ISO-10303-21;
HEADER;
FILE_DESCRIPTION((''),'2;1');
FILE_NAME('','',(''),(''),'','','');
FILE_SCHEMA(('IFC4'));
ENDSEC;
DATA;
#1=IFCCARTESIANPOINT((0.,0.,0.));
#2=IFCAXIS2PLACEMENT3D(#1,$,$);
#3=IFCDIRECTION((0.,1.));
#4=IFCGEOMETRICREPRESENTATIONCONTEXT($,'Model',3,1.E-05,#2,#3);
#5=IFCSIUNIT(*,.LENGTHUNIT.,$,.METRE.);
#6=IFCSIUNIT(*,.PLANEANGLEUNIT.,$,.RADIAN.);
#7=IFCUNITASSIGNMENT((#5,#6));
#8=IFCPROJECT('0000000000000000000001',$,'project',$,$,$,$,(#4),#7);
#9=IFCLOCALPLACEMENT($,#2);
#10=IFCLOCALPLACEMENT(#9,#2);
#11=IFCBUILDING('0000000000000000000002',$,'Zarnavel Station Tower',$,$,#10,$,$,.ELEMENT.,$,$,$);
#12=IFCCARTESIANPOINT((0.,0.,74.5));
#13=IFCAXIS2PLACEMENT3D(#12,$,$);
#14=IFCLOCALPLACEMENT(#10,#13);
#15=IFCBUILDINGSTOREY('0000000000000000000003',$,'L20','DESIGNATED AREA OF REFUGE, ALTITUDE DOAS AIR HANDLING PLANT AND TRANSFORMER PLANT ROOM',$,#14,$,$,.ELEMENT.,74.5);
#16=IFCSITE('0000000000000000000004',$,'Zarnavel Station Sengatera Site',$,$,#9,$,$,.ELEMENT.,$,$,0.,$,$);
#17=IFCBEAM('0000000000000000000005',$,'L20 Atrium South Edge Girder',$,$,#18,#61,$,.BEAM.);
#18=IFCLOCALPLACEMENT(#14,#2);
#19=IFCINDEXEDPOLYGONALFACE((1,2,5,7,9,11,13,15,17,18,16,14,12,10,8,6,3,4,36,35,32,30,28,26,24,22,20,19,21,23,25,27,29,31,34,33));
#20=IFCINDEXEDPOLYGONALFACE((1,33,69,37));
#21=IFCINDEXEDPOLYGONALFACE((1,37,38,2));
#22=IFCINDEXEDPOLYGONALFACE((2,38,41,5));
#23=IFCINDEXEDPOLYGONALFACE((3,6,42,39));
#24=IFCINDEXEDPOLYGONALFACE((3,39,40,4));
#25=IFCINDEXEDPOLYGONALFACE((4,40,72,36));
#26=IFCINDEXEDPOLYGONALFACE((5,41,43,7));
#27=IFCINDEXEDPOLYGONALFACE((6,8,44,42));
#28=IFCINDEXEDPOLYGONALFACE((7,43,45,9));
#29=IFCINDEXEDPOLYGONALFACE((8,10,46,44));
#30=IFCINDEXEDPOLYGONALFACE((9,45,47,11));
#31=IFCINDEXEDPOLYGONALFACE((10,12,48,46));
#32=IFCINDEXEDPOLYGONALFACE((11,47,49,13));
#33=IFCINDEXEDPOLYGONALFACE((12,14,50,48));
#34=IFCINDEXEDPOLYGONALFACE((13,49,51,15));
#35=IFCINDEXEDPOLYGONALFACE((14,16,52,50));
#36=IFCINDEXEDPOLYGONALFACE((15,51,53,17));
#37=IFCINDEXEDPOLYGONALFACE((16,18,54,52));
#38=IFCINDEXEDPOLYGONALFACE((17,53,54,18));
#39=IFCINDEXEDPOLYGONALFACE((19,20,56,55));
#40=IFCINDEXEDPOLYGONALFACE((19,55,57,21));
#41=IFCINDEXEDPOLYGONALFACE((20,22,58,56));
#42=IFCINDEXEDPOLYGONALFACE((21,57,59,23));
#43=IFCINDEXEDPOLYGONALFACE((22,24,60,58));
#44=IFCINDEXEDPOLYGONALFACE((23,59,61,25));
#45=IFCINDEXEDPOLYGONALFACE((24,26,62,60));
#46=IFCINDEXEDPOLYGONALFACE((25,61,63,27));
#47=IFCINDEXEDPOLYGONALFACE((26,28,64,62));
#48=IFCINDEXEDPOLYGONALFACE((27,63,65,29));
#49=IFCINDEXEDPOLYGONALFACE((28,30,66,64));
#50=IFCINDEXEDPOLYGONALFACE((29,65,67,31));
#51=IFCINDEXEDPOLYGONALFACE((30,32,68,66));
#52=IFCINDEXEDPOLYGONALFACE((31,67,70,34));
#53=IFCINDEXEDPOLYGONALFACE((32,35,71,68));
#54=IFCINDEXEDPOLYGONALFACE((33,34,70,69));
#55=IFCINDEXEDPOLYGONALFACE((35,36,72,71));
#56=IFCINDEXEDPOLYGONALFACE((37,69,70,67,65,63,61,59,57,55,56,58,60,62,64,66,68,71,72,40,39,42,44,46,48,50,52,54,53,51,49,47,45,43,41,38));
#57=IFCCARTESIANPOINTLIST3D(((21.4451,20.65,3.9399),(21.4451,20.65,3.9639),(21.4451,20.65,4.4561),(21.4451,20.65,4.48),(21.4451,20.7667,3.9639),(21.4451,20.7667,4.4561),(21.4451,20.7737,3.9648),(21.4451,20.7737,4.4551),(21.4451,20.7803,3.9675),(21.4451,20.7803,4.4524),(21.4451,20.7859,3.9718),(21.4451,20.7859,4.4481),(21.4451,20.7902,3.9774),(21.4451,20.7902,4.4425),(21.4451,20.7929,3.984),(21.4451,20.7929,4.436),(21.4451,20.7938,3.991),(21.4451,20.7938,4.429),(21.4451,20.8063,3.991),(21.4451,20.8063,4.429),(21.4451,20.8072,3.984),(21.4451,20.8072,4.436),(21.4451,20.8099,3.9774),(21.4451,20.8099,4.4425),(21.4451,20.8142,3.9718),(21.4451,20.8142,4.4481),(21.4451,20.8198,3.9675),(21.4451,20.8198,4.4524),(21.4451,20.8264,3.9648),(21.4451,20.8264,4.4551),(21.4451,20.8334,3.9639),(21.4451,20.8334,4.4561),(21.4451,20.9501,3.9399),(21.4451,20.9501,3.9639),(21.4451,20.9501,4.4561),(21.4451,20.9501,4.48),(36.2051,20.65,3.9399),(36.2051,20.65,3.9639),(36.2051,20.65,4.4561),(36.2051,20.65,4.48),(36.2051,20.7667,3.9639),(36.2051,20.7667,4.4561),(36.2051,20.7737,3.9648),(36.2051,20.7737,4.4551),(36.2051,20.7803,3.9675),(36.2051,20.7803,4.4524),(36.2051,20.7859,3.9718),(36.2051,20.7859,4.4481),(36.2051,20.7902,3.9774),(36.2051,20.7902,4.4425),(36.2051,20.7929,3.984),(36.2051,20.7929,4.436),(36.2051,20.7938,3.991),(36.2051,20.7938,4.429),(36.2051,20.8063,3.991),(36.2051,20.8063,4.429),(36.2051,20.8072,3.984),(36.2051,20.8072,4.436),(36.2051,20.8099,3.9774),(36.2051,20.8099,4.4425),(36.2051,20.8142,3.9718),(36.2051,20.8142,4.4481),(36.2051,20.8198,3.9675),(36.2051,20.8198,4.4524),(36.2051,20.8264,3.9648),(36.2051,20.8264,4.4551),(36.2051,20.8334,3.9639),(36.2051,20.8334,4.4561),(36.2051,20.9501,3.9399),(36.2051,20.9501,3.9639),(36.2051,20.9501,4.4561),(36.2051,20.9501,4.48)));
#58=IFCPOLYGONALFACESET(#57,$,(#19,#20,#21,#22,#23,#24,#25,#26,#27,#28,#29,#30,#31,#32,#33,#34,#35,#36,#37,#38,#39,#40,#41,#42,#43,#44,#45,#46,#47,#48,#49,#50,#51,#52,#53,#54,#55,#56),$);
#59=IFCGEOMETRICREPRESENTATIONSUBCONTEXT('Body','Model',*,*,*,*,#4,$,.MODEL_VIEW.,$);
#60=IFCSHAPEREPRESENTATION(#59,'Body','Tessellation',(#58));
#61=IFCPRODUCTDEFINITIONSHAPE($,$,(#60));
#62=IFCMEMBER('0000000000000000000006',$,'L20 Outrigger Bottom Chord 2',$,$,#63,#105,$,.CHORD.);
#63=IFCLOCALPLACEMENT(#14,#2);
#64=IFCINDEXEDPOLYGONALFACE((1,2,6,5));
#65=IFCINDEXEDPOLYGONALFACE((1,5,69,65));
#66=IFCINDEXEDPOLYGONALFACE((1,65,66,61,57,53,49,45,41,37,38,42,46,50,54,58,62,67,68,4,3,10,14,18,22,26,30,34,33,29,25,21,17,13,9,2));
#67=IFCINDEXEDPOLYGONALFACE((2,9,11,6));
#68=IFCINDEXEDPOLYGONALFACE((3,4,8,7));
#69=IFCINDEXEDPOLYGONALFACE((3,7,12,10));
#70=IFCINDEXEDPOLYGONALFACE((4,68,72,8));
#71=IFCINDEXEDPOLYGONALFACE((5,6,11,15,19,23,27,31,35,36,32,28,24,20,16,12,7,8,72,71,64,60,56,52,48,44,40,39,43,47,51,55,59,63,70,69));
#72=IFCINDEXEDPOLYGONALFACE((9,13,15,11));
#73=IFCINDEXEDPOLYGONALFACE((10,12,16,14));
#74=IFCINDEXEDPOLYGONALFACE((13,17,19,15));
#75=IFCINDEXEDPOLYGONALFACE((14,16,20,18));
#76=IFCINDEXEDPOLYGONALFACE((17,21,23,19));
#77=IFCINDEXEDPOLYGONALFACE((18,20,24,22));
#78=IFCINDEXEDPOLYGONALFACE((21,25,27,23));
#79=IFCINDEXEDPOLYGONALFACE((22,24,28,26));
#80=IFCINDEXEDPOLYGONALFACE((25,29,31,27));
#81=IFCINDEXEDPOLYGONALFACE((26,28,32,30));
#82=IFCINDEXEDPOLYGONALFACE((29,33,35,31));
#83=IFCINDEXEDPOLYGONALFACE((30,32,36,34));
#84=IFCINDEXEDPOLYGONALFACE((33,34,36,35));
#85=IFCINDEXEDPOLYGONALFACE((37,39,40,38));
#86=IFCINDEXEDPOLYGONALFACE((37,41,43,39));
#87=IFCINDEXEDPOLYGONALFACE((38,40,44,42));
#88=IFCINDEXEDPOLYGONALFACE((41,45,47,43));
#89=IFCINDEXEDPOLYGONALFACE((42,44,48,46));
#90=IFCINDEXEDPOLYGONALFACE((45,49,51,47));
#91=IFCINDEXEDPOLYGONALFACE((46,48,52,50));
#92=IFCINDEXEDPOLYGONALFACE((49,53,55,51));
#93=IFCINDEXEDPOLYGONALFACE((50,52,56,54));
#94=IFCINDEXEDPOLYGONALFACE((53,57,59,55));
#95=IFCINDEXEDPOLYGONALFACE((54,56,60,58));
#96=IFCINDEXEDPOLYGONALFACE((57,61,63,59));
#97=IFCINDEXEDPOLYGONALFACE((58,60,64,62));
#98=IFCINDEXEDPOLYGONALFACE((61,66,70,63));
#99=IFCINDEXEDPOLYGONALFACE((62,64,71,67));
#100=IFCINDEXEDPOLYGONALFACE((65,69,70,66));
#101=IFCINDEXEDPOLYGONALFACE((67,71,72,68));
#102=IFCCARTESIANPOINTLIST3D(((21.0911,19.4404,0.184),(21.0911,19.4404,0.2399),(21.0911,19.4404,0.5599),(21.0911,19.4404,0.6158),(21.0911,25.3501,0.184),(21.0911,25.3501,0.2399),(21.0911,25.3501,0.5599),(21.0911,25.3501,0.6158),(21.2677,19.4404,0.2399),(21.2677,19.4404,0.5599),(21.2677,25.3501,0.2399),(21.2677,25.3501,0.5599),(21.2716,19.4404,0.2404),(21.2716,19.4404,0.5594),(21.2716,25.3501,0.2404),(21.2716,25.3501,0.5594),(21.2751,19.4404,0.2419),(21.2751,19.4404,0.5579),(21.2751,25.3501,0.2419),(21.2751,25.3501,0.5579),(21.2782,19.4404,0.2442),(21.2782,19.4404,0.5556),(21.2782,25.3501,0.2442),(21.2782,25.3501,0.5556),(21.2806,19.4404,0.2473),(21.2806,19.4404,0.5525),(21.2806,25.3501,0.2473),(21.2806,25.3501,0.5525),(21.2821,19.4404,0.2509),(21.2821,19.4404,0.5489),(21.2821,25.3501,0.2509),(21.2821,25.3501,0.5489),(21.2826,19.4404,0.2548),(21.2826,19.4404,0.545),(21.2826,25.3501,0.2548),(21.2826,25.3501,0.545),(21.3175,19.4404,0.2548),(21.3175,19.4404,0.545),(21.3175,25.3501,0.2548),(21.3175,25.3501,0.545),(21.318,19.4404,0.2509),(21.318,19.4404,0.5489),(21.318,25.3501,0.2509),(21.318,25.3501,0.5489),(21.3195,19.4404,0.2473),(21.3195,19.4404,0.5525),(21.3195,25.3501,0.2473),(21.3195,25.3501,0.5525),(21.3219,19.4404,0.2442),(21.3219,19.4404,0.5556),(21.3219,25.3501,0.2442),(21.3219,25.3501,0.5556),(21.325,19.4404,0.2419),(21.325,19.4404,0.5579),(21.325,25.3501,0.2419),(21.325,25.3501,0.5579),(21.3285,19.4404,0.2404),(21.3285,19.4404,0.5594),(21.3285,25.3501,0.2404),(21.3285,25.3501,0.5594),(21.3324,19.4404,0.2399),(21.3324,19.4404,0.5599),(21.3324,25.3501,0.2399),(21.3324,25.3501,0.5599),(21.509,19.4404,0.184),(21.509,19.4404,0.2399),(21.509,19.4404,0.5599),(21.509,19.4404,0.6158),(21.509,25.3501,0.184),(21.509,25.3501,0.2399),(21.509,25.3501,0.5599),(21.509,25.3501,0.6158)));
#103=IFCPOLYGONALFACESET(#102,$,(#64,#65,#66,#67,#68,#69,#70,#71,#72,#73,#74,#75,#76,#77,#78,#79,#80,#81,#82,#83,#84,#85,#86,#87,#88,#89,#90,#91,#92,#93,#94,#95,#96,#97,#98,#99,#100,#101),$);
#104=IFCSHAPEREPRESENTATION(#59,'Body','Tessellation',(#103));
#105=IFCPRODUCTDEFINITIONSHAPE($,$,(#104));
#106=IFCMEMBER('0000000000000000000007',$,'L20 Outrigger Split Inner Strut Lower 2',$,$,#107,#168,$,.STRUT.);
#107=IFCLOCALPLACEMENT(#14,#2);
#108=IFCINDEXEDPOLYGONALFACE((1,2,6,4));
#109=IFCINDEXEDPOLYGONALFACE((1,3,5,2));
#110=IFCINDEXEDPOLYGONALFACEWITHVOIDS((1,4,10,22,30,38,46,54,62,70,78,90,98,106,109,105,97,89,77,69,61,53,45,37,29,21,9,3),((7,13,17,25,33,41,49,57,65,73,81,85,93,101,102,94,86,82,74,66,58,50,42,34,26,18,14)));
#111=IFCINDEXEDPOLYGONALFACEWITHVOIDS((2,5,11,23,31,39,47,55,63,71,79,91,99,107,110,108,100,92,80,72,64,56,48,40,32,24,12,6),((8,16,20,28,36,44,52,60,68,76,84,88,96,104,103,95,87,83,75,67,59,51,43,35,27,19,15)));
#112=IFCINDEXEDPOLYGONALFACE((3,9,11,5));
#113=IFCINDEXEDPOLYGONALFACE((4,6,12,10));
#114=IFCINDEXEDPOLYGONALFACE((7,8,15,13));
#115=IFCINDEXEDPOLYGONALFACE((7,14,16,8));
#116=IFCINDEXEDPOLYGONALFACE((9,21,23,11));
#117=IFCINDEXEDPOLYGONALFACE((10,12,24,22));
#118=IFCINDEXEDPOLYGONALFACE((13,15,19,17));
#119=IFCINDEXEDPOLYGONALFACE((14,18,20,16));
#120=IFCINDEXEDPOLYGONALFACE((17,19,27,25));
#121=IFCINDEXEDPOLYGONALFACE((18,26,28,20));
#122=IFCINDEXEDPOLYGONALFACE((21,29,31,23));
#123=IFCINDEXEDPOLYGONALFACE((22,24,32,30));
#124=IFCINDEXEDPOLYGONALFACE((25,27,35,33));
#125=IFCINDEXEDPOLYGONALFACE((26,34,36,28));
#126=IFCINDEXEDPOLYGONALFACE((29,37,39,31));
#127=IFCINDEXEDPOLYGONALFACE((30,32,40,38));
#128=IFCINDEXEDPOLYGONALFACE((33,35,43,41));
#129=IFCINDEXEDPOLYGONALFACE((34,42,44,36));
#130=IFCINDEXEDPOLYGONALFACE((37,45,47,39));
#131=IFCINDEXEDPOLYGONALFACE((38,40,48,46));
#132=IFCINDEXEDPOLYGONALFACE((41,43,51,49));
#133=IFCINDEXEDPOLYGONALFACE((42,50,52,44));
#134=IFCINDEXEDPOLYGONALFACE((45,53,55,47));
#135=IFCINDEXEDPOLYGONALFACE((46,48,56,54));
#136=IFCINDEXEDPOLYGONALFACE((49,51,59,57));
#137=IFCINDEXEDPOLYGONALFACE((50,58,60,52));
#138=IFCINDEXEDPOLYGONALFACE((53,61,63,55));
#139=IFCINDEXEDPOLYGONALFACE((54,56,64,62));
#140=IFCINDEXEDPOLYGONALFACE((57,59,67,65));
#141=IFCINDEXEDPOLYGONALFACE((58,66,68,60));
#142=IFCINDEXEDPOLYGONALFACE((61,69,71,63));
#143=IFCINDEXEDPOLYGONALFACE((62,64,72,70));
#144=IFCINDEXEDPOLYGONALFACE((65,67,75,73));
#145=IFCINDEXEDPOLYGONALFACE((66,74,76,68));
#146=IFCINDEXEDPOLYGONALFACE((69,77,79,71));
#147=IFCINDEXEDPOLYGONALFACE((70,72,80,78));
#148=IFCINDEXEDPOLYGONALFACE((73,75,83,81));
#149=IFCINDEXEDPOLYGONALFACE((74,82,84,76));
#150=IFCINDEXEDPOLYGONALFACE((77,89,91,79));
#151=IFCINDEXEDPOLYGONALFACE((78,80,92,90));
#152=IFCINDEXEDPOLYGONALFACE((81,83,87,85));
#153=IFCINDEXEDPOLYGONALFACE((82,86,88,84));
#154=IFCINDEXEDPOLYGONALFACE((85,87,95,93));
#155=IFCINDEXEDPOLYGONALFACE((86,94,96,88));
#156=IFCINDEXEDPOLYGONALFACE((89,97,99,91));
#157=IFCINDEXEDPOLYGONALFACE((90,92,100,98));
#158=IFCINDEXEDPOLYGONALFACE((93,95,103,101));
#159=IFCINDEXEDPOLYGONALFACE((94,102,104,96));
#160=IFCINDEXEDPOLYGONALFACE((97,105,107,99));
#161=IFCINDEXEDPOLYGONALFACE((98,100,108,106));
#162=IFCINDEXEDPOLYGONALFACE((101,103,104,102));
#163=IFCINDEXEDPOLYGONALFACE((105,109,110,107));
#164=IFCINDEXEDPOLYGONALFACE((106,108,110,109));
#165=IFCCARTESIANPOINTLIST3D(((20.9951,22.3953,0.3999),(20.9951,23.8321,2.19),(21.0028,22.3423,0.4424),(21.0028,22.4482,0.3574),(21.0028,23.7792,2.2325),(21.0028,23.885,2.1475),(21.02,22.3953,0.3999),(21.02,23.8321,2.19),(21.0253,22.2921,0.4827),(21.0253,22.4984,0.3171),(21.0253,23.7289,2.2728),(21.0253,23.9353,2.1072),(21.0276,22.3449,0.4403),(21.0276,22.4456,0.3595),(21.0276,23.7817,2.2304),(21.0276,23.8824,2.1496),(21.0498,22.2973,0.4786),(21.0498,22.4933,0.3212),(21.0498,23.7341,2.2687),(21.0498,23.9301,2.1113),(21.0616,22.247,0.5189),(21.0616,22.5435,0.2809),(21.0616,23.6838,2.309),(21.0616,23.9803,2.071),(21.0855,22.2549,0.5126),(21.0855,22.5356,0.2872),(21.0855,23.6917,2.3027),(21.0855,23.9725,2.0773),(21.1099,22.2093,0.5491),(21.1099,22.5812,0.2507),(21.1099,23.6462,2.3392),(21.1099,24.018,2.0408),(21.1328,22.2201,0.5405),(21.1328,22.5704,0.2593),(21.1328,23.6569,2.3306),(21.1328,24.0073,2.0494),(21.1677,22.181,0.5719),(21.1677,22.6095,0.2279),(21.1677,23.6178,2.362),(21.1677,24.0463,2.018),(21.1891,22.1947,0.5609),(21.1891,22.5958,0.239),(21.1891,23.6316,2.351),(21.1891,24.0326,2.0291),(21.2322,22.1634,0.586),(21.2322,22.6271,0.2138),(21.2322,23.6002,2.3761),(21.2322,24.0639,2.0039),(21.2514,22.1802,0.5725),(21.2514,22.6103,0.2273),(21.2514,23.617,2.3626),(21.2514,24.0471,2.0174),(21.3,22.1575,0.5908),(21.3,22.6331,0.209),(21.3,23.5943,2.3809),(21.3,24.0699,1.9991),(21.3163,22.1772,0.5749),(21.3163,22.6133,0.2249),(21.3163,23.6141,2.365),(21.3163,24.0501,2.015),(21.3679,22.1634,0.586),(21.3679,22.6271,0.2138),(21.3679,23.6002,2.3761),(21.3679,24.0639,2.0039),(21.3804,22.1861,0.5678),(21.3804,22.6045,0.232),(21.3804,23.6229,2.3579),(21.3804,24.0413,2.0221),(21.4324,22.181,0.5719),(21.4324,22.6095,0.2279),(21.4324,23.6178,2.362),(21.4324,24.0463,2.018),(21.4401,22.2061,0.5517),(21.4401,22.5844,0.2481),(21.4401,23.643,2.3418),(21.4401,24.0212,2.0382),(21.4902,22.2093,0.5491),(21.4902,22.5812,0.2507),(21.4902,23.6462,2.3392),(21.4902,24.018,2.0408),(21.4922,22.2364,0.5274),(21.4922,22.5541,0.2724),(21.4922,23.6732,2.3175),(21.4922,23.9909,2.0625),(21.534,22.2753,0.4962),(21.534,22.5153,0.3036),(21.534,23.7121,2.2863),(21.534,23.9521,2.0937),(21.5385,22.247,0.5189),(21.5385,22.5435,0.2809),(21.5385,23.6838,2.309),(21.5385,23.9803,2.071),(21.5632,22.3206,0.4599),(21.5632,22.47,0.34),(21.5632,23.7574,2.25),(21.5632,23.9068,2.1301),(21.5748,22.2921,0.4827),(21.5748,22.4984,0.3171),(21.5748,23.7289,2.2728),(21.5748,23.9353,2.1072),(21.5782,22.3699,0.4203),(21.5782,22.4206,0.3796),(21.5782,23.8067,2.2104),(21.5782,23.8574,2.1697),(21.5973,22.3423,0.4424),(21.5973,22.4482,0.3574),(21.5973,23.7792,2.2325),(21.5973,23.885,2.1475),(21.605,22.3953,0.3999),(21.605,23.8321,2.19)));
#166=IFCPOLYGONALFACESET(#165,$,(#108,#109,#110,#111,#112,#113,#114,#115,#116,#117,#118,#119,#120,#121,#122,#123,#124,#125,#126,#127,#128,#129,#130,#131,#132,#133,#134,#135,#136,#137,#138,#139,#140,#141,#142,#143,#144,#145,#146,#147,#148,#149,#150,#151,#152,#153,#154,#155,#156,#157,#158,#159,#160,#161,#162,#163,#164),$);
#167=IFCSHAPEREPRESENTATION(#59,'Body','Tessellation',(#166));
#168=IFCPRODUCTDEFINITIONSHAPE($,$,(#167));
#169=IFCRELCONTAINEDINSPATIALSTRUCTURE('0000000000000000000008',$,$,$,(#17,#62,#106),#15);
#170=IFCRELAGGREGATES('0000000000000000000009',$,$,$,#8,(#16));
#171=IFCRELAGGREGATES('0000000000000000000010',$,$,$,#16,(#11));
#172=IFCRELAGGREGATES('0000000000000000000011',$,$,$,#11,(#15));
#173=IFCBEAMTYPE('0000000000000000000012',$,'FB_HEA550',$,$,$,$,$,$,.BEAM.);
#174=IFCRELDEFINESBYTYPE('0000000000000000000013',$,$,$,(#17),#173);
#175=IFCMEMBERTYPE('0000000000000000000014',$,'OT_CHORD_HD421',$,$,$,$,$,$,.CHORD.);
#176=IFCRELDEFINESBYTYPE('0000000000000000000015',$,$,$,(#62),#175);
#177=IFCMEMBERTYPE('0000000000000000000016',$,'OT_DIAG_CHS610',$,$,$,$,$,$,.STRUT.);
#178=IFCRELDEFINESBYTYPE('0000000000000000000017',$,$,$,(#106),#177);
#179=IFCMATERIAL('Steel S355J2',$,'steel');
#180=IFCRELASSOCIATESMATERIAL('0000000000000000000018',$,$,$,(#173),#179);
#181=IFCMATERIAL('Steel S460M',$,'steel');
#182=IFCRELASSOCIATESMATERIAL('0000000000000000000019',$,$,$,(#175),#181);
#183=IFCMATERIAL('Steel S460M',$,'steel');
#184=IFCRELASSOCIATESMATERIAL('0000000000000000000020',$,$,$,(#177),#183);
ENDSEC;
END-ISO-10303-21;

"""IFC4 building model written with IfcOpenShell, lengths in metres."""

from ifc_helpers import new_model, si_unit, direction, frame, origin, origin_2d, place, context, subcontext, project, spatial, hollow_circle, i_section, extrude, material, material_profile, profile_set, type_object, element, save


model = new_model("IFC4")

# Units and contexts
model_context = context("Model", 3, precision=1e-05, world=origin(), true_north=direction((0.0, 1.0)))
body_context = subcontext(model_context, "Body", "Model", "MODEL_VIEW")
ifc_project = project(units=[si_unit("LENGTHUNIT", "METRE"), si_unit("PLANEANGLEUNIT", "RADIAN")], contexts=[model_context])

# Site, building, storey
site_placement = place(None, origin())
site = spatial("IfcSite", under=ifc_project, at=site_placement, Name="Zarnavel Station Sengatera Site", CompositionType="ELEMENT", RefElevation=0.0)
building_placement = place(site_placement, origin())
building = spatial("IfcBuilding", under=site, at=building_placement, Name="Zarnavel Station Tower", CompositionType="ELEMENT")
storey_placement = place(building_placement, frame((0.0, 0.0, 74.5)))
storey = spatial("IfcBuildingStorey", under=building, at=storey_placement, Name="L20", Description="DESIGNATED AREA OF REFUGE, ALTITUDE DOAS AIR HANDLING PLANT AND TRANSFORMER PLANT ROOM", CompositionType="ELEMENT", Elevation=74.5)

# Beam
ifc_material_1 = material(Name="Steel S355J2", Category="steel")
ifc_material_profile_1 = material_profile(ifc_material_1, i_section(OverallWidth=0.3, OverallDepth=0.54, WebThickness=0.0125, FlangeThickness=0.0239, FilletRadius=0.0271, at=origin_2d()), Name="HEA550")
ifc_profile_set_1 = profile_set([ifc_material_profile_1], Name="Steel S355J2")
beam_type = type_object("IfcBeamType", Name="FB_HEA550", PredefinedType="BEAM", material=ifc_profile_set_1)
beam_placement = place(storey_placement, frame((21.4451, 20.8, 4.21), z_axis=(1.0, 0.0, 0.0), x_axis=(0.0, 1.0, 0.0)))
element("IfcBeam", 1, at=beam_placement, inside=storey, type_object=beam_type, Name="L20 Atrium South Edge Girder", PredefinedType="BEAM", context=body_context, shape_type="SweptSolid", body=[
    extrude(i_section(OverallWidth=0.3, OverallDepth=0.54, WebThickness=0.0125, FlangeThickness=0.0239, FilletRadius=0.0271, at=origin_2d()), origin(), (0.0, 0.0, 1.0), 14.76),
])

# Members
ifc_material_2 = material(Name="Steel S460M", Category="steel")
ifc_material_profile_2 = material_profile(ifc_material_2, i_section(OverallWidth=0.418, OverallDepth=0.4319, WebThickness=0.0349, FlangeThickness=0.0559, FilletRadius=0.0149, at=origin_2d()), Name="HD400x421")
ifc_profile_set_2 = profile_set([ifc_material_profile_2], Name="Steel S460M")
member_type_1 = type_object("IfcMemberType", Name="OT_CHORD_HD421", PredefinedType="CHORD", material=ifc_profile_set_2)
member_1_placement = place(storey_placement, frame((21.3, 19.4404, 0.3999), z_axis=(0.0, 1.0, 0.0), x_axis=(-1.0, 0.0, 0.0)))
element("IfcMember", 2, at=member_1_placement, inside=storey, type_object=member_type_1, Name="L20 Outrigger Bottom Chord 2", PredefinedType="CHORD", context=body_context, shape_type="SweptSolid", body=[
    extrude(i_section(OverallWidth=0.418, OverallDepth=0.4319, WebThickness=0.0349, FlangeThickness=0.0559, FilletRadius=0.0149, at=origin_2d()), origin(), (0.0, 0.0, 1.0), 5.9097),
])
ifc_material_3 = material(Name="Steel S460M", Category="steel")
ifc_material_profile_3 = material_profile(ifc_material_3, hollow_circle(Radius=0.3049, WallThickness=0.0249, at=origin_2d()), Name="CHS610x25")
ifc_profile_set_3 = profile_set([ifc_material_profile_3], Name="Steel S460M")
member_type_2 = type_object("IfcMemberType", Name="OT_DIAG_CHS610", PredefinedType="STRUT", material=ifc_profile_set_3)
member_2_placement = place(storey_placement, frame((21.3, 22.3953, 0.3999), z_axis=(0.0, 0.625952, 0.779861), x_axis=(-1.0, 0.0, 0.0)))
element("IfcMember", 3, at=member_2_placement, inside=storey, type_object=member_type_2, Name="L20 Outrigger Split Inner Strut Lower 2", PredefinedType="STRUT", context=body_context, shape_type="SweptSolid", body=[
    extrude(hollow_circle(Radius=0.3049, WallThickness=0.0249, at=origin_2d()), origin(), (0.0, 0.0, 1.0), 2.2954),
])

save(model, "model.ifc")
